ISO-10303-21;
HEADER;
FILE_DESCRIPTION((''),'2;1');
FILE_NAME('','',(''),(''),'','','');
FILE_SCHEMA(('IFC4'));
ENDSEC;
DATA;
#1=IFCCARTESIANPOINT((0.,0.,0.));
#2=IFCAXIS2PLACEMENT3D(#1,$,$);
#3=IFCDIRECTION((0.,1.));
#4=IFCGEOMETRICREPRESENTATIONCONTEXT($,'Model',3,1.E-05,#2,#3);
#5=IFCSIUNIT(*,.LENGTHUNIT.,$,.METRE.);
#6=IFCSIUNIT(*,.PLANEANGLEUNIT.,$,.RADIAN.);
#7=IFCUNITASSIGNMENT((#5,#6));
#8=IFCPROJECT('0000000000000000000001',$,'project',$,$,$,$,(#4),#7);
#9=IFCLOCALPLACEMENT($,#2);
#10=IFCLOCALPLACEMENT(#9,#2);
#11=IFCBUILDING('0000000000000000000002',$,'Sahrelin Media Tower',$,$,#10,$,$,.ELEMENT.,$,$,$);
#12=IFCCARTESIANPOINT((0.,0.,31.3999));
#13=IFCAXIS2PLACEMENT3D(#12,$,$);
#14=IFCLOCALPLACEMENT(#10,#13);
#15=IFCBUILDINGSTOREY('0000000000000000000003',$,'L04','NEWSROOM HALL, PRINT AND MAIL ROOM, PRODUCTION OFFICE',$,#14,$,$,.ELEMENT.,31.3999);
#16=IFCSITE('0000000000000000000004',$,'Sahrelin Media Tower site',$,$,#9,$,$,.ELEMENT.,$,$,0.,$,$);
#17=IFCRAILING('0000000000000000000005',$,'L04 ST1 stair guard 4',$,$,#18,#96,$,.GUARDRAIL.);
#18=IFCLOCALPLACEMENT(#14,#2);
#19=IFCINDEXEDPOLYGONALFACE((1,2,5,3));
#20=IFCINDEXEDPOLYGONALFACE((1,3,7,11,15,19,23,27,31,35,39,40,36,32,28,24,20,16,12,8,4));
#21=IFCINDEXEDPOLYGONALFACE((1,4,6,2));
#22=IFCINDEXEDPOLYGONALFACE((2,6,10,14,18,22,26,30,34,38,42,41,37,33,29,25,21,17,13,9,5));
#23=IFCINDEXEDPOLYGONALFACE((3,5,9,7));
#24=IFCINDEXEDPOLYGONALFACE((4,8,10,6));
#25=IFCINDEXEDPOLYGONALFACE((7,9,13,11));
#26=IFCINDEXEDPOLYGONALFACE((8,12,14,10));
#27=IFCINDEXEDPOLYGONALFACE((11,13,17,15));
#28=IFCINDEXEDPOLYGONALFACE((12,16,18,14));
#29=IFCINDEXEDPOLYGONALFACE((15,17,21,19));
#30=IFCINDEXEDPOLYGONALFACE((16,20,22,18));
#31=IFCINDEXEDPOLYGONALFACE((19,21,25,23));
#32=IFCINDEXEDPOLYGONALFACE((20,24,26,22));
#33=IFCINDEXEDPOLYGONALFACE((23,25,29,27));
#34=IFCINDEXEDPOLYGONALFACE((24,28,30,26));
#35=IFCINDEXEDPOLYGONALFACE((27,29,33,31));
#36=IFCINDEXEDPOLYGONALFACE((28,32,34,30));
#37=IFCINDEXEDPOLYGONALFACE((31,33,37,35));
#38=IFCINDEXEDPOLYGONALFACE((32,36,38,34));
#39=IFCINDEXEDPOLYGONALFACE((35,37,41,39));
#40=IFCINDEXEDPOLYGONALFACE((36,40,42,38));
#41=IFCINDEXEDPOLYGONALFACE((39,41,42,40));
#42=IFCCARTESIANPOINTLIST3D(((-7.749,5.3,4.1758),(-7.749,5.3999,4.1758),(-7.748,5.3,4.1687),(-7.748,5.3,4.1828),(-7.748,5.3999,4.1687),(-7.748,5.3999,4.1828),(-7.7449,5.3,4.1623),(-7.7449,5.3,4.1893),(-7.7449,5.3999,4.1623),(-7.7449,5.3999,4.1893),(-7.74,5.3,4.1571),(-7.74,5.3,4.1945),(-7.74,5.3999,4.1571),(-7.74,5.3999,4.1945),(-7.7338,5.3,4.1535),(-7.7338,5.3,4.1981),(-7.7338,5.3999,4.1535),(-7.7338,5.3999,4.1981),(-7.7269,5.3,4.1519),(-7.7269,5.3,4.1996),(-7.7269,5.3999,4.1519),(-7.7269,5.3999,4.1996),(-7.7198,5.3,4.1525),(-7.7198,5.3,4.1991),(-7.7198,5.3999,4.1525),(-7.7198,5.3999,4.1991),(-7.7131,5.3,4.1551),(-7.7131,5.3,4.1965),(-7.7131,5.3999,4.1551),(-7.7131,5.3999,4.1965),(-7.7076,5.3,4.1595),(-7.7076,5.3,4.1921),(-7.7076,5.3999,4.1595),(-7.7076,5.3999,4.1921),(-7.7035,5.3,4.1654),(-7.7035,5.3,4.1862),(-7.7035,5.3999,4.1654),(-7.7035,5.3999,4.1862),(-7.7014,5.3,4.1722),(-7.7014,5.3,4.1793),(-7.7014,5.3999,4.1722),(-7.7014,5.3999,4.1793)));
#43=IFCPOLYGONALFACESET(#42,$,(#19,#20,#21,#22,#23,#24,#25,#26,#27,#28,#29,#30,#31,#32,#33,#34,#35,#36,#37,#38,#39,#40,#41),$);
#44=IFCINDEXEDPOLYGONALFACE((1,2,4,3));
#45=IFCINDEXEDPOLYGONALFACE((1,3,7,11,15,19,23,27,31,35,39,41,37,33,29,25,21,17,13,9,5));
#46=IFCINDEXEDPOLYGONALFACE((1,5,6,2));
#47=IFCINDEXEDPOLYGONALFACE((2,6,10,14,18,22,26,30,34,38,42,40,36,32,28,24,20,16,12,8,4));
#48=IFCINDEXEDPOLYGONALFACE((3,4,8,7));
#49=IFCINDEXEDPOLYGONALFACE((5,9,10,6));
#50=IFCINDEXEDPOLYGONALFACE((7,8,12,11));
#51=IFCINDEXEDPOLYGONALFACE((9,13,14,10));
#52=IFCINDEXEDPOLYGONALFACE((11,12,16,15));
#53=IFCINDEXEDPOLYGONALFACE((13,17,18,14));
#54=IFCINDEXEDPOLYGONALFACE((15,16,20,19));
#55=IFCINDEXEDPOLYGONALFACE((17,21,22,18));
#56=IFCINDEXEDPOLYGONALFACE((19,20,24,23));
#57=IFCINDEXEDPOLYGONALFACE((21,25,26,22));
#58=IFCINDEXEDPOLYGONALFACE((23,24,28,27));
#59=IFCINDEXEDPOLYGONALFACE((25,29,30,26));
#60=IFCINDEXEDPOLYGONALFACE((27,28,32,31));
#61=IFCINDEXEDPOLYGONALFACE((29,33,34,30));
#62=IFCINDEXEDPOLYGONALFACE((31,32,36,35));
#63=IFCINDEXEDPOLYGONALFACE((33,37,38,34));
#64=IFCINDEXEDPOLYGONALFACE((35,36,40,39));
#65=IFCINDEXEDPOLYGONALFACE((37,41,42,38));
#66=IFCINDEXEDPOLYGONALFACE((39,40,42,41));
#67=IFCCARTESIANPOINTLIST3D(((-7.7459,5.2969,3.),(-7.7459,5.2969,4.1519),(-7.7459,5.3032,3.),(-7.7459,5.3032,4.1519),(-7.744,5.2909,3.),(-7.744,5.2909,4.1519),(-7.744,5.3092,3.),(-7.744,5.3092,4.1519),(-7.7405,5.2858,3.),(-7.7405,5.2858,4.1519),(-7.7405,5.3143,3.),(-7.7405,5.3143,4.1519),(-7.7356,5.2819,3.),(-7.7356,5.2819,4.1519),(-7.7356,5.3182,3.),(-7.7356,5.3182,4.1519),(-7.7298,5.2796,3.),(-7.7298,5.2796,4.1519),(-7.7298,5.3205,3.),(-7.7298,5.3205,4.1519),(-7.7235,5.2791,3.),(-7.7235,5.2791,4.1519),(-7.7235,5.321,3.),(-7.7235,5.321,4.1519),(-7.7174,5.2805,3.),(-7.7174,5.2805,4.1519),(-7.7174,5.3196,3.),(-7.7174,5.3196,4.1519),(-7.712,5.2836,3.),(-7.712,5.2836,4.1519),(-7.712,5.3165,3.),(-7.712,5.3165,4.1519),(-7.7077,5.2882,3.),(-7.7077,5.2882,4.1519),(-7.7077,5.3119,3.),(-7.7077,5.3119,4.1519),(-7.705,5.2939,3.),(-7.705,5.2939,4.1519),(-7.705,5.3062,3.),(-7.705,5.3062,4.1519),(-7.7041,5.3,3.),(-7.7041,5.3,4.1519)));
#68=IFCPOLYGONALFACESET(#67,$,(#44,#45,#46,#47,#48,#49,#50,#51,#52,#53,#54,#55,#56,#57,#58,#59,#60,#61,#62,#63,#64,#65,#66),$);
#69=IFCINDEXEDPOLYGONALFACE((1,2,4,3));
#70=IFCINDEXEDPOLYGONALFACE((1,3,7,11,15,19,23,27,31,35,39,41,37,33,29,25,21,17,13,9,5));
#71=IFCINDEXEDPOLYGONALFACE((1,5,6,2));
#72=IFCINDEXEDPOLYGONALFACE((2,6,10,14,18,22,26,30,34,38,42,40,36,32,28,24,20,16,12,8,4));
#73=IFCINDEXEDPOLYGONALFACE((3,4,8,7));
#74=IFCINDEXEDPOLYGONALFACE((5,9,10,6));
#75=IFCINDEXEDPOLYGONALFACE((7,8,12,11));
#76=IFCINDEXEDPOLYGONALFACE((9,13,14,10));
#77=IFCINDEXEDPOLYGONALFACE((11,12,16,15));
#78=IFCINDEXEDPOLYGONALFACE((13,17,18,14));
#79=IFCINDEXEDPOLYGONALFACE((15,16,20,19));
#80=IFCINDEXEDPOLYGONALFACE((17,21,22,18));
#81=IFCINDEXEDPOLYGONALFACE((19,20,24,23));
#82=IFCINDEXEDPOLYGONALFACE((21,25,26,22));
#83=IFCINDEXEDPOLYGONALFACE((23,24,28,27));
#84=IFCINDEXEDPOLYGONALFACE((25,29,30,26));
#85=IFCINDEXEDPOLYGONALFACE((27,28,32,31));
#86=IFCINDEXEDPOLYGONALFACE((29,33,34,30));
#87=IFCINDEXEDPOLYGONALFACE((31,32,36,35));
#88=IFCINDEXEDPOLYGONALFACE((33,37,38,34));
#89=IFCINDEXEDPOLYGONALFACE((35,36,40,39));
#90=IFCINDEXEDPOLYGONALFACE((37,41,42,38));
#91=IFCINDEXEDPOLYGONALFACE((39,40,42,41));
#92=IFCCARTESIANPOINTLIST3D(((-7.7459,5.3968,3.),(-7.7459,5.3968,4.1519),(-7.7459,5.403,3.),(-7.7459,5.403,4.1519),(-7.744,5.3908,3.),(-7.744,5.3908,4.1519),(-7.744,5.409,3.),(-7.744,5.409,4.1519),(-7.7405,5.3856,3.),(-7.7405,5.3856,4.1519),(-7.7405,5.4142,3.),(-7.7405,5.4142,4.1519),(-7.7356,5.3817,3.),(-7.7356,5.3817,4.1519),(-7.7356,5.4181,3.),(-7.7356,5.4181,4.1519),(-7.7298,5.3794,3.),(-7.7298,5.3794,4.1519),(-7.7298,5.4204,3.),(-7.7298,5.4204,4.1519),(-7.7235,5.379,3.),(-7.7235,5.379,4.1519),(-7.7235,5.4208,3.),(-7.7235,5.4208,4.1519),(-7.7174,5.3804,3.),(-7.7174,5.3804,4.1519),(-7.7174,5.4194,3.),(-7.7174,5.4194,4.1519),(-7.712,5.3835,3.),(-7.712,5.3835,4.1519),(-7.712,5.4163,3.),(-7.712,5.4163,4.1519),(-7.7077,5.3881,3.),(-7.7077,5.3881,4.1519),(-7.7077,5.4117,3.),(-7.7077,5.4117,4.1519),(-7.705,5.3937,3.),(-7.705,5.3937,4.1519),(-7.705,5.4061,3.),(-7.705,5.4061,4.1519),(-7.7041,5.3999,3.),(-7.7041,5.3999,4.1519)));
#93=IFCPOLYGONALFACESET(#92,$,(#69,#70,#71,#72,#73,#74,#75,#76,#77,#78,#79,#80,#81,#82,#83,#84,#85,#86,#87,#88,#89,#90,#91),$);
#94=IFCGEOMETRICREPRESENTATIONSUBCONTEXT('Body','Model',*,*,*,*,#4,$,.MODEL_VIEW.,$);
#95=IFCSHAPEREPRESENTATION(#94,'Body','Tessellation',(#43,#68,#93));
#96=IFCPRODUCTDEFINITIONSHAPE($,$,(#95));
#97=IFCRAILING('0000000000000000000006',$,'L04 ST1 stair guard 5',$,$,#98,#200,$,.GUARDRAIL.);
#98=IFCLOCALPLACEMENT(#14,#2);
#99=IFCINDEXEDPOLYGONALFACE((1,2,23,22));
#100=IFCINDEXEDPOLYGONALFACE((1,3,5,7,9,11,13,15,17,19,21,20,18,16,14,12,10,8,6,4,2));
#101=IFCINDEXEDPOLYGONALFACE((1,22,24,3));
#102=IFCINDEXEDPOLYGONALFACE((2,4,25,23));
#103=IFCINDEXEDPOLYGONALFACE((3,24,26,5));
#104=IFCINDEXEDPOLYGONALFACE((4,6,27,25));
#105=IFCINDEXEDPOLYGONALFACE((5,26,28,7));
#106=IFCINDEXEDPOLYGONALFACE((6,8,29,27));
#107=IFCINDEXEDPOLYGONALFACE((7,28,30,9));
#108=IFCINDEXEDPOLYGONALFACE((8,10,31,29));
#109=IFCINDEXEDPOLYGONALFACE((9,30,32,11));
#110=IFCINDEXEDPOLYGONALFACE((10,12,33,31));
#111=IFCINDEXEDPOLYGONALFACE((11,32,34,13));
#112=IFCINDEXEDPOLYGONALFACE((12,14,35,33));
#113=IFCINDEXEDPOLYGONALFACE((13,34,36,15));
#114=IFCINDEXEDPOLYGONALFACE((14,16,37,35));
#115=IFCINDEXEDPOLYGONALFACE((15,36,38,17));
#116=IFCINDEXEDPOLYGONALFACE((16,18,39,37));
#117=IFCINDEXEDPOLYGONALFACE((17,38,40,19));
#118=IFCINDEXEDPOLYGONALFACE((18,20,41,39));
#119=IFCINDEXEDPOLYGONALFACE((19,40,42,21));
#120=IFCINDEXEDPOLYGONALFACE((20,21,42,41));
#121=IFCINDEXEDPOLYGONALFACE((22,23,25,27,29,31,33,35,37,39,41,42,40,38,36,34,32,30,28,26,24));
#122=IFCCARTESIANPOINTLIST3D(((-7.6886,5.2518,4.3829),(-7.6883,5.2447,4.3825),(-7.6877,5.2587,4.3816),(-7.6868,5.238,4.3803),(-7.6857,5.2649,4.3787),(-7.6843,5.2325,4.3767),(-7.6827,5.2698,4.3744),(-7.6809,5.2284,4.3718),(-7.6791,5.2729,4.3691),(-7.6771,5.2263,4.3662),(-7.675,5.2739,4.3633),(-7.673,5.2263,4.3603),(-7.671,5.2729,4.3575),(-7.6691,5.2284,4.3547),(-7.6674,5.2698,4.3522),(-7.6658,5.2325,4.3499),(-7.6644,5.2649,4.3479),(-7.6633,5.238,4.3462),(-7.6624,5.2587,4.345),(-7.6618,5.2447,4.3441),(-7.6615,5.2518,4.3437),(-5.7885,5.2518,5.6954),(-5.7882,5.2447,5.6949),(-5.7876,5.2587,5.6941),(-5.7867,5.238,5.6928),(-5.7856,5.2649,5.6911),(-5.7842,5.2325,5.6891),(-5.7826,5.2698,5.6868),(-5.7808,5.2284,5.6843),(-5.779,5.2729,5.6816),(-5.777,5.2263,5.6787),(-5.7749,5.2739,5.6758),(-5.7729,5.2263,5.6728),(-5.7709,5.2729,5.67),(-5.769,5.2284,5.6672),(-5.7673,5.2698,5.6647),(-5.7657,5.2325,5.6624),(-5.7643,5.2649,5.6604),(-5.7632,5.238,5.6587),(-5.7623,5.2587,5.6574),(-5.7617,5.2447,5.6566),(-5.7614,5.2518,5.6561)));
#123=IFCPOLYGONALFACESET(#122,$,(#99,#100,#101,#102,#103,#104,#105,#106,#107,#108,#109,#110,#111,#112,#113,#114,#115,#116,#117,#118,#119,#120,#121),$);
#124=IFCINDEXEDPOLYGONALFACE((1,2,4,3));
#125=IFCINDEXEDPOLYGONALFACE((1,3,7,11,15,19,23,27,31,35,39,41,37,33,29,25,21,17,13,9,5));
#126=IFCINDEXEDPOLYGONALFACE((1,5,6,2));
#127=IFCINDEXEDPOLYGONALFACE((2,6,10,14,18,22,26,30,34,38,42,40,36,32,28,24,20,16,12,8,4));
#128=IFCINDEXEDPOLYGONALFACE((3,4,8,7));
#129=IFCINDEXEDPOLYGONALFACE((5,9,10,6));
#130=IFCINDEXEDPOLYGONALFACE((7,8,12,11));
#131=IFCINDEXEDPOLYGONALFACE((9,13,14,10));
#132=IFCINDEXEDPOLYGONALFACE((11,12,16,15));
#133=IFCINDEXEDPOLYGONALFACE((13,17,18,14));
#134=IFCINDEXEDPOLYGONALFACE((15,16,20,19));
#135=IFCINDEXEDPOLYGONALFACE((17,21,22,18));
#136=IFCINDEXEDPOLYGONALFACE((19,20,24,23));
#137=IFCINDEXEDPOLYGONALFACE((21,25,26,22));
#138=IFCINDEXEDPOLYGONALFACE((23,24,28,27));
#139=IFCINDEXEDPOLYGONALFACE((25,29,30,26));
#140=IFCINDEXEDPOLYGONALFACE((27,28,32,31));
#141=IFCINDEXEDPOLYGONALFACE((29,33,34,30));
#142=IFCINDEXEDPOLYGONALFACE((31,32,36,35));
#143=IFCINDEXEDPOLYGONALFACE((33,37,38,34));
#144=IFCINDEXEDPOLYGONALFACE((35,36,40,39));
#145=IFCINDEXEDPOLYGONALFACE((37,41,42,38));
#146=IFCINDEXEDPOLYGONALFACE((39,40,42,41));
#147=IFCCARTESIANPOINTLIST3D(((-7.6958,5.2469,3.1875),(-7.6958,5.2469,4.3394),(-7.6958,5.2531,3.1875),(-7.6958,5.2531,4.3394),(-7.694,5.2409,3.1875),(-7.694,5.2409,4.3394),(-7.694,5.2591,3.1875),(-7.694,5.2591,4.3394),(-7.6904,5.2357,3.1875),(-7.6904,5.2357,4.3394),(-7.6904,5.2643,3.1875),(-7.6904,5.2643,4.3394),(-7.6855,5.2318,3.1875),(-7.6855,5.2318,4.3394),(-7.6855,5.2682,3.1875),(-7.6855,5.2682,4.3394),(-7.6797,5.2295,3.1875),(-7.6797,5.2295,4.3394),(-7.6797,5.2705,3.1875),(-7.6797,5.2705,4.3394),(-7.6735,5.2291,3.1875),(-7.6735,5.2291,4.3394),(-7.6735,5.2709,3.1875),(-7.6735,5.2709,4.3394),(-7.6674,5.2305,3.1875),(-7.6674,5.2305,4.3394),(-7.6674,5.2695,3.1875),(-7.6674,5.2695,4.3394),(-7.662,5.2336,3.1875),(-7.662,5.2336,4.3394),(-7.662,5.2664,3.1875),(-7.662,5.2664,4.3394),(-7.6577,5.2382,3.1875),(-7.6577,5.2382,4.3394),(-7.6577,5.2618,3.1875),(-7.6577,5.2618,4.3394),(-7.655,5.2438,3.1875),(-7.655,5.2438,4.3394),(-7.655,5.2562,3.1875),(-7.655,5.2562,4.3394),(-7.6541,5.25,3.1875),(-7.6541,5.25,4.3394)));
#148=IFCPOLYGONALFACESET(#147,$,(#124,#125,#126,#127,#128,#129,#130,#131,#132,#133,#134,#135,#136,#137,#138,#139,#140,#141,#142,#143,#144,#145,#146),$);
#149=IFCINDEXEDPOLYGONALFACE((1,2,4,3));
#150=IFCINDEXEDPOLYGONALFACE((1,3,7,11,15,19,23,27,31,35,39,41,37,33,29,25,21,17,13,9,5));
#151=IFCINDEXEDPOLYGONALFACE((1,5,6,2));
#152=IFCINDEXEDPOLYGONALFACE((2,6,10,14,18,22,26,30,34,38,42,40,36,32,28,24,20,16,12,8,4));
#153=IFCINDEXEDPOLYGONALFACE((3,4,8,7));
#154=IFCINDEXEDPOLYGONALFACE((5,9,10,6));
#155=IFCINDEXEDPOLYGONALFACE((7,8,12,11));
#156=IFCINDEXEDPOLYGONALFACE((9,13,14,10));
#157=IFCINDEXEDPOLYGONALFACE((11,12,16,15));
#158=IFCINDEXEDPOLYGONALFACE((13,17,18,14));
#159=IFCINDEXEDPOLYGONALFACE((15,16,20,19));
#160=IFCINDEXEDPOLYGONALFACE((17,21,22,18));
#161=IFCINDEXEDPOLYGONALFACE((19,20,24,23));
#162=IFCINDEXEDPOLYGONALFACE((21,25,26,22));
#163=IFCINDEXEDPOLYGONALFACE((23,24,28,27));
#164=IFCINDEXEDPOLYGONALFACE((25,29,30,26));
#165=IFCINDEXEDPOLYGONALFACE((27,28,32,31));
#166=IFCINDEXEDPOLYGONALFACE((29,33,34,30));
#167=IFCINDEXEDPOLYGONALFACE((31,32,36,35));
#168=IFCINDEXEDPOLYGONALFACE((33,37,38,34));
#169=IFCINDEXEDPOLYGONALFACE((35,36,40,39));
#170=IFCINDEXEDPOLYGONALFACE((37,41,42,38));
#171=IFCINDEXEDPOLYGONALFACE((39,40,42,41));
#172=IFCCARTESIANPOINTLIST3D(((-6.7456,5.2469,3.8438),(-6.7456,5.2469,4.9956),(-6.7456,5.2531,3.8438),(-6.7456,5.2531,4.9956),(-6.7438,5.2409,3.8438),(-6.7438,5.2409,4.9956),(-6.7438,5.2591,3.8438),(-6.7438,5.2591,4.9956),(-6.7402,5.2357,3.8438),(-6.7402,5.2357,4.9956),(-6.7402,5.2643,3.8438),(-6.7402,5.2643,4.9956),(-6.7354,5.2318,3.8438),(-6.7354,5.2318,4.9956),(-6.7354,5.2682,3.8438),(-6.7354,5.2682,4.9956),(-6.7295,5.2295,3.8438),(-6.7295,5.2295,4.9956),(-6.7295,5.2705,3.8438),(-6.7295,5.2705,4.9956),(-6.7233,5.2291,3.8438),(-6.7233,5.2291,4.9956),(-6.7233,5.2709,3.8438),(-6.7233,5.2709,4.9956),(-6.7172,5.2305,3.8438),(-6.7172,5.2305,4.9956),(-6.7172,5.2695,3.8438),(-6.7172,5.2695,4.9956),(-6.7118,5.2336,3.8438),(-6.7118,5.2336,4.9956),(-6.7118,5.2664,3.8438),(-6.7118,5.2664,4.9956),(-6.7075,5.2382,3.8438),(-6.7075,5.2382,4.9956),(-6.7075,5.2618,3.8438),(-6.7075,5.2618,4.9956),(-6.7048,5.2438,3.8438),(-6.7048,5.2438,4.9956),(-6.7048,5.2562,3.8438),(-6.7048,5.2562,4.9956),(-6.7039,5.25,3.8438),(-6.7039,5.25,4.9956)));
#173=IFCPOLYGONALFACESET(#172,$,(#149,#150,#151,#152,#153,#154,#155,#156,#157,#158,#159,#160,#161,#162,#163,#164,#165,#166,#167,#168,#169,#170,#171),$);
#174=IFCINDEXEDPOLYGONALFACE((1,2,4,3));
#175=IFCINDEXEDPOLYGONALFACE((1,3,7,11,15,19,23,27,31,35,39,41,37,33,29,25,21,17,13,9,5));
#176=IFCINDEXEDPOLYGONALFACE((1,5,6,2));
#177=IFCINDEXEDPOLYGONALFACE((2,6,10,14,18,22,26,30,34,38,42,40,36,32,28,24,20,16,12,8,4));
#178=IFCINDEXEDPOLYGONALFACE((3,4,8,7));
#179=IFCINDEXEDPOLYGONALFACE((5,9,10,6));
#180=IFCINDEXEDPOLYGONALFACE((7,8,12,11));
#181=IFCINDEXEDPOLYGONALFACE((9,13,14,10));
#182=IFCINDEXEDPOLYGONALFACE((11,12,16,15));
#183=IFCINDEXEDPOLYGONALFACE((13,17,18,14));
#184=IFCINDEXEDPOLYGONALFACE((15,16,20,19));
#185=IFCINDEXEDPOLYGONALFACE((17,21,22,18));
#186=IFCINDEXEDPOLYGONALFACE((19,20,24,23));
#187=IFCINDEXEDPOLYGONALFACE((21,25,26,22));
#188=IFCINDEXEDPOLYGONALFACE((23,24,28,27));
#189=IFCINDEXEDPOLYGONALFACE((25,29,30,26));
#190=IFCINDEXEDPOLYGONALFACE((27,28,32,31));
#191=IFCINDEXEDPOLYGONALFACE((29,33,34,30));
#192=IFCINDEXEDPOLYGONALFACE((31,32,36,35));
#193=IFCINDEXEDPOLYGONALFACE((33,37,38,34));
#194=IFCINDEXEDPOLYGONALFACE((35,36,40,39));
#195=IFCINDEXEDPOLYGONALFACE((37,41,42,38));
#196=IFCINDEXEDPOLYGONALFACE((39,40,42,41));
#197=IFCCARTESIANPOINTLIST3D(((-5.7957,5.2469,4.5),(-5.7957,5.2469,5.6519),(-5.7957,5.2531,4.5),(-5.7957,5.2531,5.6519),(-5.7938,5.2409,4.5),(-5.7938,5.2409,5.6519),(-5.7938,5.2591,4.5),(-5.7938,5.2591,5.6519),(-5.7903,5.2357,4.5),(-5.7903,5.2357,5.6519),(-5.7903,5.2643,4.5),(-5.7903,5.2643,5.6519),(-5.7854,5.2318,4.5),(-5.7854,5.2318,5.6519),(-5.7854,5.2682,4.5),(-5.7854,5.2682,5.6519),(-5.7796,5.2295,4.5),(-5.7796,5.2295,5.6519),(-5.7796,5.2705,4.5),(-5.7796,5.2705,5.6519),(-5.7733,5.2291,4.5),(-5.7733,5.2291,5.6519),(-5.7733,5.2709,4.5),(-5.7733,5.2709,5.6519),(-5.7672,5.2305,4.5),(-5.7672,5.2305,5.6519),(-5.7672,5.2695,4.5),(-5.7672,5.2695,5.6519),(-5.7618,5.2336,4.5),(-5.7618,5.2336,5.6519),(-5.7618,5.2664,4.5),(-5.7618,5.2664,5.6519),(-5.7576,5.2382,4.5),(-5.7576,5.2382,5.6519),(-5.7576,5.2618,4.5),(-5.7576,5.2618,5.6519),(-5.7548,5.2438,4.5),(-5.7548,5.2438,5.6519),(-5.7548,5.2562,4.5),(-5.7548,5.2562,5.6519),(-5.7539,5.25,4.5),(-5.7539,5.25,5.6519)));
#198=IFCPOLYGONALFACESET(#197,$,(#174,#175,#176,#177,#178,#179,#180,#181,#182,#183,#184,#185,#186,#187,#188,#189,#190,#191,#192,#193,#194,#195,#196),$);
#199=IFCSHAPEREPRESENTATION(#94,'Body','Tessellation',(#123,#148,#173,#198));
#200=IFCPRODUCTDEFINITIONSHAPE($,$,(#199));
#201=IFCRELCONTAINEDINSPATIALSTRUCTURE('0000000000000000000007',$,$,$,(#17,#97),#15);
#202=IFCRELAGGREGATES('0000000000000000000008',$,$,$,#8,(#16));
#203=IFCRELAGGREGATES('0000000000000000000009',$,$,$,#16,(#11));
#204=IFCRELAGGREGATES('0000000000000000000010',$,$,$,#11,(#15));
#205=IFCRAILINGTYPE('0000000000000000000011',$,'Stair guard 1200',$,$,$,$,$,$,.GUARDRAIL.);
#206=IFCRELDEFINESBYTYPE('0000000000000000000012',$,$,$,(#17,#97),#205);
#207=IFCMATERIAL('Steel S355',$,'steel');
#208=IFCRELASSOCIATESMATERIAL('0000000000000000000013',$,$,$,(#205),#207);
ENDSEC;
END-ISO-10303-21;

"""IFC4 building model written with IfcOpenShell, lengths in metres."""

from ifc_helpers import new_model, si_unit, direction, frame, origin, origin_2d, place, context, subcontext, project, spatial, circle, extrude, material, type_object, element, save


model = new_model("IFC4")

# Units and contexts
model_context = context("Model", 3, precision=1e-05, world=origin(), true_north=direction((0.0, 1.0)))
body_context = subcontext(model_context, "Body", "Model", "MODEL_VIEW")
ifc_project = project(units=[si_unit("LENGTHUNIT", "METRE"), si_unit("PLANEANGLEUNIT", "RADIAN")], contexts=[model_context])

# Site, building, storey
site_placement = place(None, origin())
site = spatial("IfcSite", under=ifc_project, at=site_placement, Name="Sahrelin Media Tower site", CompositionType="ELEMENT", RefElevation=0.0)
building_placement = place(site_placement, origin())
building = spatial("IfcBuilding", under=site, at=building_placement, Name="Sahrelin Media Tower", CompositionType="ELEMENT")
storey_placement = place(building_placement, frame((0.0, 0.0, 31.3999)))
storey = spatial("IfcBuildingStorey", under=building, at=storey_placement, Name="L04", Description="NEWSROOM HALL, PRINT AND MAIL ROOM, PRODUCTION OFFICE", CompositionType="ELEMENT", Elevation=31.3999)

# Shared definitions
ifc_material_1 = material(Name="Steel S355", Category="steel")

# Railings
railing_type_1 = type_object("IfcRailingType", Name="Stair guard 1200", PredefinedType="GUARDRAIL", material=ifc_material_1)
for number, where, name in (
    (1, (-7.7251, 5.3, 3.0), "L04 ST1 stair guard 4"),
):
    element("IfcRailing", number, at=place(storey_placement, frame(where)), inside=storey, type_object=railing_type_1, Name=name, PredefinedType="GUARDRAIL", context=body_context, shape_type="SweptSolid", body=[
        extrude(circle(Radius=0.0239, at=origin_2d()), frame((0.0, 0.0, 1.1758), z_axis=(0.0, 1.0, 0.0), x_axis=(-1.0, 0.0, 0.0)), (0.0, 0.0, 1.0), 0.0999),
        extrude(circle(Radius=0.021, at=origin_2d()), origin(), (0.0, 0.0, 1.0), 1.1519),
        extrude(circle(Radius=0.021, at=origin_2d()), frame((0.0, 0.0999, 0.0)), (0.0, 0.0, 1.0), 1.1519),
    ])
railing_1_placement = place(storey_placement, frame((-7.675, 5.25, 3.1875)))
element("IfcRailing", 2, at=railing_1_placement, inside=storey, type_object=railing_type_1, Name="L04 ST1 stair guard 5", PredefinedType="GUARDRAIL", context=body_context, shape_type="SweptSolid", body=[
    extrude(circle(Radius=0.0239, at=origin_2d()), frame((0.0, 0.0, 1.1758), z_axis=(0.822797, 0.0, 0.568336), x_axis=(0.0, 1.0, 0.0)), (0.0, 0.0, 1.0), 2.3093),
    extrude(circle(Radius=0.021, at=origin_2d()), origin(), (0.0, 0.0, 1.0), 1.1519),
    extrude(circle(Radius=0.021, at=origin_2d()), frame((0.9502, 0.0, 0.6562)), (0.0, 0.0, 1.0), 1.1519),
    extrude(circle(Radius=0.021, at=origin_2d()), frame((1.9001, 0.0, 1.3125)), (0.0, 0.0, 1.0), 1.1519),
])

save(model, "model.ifc")
